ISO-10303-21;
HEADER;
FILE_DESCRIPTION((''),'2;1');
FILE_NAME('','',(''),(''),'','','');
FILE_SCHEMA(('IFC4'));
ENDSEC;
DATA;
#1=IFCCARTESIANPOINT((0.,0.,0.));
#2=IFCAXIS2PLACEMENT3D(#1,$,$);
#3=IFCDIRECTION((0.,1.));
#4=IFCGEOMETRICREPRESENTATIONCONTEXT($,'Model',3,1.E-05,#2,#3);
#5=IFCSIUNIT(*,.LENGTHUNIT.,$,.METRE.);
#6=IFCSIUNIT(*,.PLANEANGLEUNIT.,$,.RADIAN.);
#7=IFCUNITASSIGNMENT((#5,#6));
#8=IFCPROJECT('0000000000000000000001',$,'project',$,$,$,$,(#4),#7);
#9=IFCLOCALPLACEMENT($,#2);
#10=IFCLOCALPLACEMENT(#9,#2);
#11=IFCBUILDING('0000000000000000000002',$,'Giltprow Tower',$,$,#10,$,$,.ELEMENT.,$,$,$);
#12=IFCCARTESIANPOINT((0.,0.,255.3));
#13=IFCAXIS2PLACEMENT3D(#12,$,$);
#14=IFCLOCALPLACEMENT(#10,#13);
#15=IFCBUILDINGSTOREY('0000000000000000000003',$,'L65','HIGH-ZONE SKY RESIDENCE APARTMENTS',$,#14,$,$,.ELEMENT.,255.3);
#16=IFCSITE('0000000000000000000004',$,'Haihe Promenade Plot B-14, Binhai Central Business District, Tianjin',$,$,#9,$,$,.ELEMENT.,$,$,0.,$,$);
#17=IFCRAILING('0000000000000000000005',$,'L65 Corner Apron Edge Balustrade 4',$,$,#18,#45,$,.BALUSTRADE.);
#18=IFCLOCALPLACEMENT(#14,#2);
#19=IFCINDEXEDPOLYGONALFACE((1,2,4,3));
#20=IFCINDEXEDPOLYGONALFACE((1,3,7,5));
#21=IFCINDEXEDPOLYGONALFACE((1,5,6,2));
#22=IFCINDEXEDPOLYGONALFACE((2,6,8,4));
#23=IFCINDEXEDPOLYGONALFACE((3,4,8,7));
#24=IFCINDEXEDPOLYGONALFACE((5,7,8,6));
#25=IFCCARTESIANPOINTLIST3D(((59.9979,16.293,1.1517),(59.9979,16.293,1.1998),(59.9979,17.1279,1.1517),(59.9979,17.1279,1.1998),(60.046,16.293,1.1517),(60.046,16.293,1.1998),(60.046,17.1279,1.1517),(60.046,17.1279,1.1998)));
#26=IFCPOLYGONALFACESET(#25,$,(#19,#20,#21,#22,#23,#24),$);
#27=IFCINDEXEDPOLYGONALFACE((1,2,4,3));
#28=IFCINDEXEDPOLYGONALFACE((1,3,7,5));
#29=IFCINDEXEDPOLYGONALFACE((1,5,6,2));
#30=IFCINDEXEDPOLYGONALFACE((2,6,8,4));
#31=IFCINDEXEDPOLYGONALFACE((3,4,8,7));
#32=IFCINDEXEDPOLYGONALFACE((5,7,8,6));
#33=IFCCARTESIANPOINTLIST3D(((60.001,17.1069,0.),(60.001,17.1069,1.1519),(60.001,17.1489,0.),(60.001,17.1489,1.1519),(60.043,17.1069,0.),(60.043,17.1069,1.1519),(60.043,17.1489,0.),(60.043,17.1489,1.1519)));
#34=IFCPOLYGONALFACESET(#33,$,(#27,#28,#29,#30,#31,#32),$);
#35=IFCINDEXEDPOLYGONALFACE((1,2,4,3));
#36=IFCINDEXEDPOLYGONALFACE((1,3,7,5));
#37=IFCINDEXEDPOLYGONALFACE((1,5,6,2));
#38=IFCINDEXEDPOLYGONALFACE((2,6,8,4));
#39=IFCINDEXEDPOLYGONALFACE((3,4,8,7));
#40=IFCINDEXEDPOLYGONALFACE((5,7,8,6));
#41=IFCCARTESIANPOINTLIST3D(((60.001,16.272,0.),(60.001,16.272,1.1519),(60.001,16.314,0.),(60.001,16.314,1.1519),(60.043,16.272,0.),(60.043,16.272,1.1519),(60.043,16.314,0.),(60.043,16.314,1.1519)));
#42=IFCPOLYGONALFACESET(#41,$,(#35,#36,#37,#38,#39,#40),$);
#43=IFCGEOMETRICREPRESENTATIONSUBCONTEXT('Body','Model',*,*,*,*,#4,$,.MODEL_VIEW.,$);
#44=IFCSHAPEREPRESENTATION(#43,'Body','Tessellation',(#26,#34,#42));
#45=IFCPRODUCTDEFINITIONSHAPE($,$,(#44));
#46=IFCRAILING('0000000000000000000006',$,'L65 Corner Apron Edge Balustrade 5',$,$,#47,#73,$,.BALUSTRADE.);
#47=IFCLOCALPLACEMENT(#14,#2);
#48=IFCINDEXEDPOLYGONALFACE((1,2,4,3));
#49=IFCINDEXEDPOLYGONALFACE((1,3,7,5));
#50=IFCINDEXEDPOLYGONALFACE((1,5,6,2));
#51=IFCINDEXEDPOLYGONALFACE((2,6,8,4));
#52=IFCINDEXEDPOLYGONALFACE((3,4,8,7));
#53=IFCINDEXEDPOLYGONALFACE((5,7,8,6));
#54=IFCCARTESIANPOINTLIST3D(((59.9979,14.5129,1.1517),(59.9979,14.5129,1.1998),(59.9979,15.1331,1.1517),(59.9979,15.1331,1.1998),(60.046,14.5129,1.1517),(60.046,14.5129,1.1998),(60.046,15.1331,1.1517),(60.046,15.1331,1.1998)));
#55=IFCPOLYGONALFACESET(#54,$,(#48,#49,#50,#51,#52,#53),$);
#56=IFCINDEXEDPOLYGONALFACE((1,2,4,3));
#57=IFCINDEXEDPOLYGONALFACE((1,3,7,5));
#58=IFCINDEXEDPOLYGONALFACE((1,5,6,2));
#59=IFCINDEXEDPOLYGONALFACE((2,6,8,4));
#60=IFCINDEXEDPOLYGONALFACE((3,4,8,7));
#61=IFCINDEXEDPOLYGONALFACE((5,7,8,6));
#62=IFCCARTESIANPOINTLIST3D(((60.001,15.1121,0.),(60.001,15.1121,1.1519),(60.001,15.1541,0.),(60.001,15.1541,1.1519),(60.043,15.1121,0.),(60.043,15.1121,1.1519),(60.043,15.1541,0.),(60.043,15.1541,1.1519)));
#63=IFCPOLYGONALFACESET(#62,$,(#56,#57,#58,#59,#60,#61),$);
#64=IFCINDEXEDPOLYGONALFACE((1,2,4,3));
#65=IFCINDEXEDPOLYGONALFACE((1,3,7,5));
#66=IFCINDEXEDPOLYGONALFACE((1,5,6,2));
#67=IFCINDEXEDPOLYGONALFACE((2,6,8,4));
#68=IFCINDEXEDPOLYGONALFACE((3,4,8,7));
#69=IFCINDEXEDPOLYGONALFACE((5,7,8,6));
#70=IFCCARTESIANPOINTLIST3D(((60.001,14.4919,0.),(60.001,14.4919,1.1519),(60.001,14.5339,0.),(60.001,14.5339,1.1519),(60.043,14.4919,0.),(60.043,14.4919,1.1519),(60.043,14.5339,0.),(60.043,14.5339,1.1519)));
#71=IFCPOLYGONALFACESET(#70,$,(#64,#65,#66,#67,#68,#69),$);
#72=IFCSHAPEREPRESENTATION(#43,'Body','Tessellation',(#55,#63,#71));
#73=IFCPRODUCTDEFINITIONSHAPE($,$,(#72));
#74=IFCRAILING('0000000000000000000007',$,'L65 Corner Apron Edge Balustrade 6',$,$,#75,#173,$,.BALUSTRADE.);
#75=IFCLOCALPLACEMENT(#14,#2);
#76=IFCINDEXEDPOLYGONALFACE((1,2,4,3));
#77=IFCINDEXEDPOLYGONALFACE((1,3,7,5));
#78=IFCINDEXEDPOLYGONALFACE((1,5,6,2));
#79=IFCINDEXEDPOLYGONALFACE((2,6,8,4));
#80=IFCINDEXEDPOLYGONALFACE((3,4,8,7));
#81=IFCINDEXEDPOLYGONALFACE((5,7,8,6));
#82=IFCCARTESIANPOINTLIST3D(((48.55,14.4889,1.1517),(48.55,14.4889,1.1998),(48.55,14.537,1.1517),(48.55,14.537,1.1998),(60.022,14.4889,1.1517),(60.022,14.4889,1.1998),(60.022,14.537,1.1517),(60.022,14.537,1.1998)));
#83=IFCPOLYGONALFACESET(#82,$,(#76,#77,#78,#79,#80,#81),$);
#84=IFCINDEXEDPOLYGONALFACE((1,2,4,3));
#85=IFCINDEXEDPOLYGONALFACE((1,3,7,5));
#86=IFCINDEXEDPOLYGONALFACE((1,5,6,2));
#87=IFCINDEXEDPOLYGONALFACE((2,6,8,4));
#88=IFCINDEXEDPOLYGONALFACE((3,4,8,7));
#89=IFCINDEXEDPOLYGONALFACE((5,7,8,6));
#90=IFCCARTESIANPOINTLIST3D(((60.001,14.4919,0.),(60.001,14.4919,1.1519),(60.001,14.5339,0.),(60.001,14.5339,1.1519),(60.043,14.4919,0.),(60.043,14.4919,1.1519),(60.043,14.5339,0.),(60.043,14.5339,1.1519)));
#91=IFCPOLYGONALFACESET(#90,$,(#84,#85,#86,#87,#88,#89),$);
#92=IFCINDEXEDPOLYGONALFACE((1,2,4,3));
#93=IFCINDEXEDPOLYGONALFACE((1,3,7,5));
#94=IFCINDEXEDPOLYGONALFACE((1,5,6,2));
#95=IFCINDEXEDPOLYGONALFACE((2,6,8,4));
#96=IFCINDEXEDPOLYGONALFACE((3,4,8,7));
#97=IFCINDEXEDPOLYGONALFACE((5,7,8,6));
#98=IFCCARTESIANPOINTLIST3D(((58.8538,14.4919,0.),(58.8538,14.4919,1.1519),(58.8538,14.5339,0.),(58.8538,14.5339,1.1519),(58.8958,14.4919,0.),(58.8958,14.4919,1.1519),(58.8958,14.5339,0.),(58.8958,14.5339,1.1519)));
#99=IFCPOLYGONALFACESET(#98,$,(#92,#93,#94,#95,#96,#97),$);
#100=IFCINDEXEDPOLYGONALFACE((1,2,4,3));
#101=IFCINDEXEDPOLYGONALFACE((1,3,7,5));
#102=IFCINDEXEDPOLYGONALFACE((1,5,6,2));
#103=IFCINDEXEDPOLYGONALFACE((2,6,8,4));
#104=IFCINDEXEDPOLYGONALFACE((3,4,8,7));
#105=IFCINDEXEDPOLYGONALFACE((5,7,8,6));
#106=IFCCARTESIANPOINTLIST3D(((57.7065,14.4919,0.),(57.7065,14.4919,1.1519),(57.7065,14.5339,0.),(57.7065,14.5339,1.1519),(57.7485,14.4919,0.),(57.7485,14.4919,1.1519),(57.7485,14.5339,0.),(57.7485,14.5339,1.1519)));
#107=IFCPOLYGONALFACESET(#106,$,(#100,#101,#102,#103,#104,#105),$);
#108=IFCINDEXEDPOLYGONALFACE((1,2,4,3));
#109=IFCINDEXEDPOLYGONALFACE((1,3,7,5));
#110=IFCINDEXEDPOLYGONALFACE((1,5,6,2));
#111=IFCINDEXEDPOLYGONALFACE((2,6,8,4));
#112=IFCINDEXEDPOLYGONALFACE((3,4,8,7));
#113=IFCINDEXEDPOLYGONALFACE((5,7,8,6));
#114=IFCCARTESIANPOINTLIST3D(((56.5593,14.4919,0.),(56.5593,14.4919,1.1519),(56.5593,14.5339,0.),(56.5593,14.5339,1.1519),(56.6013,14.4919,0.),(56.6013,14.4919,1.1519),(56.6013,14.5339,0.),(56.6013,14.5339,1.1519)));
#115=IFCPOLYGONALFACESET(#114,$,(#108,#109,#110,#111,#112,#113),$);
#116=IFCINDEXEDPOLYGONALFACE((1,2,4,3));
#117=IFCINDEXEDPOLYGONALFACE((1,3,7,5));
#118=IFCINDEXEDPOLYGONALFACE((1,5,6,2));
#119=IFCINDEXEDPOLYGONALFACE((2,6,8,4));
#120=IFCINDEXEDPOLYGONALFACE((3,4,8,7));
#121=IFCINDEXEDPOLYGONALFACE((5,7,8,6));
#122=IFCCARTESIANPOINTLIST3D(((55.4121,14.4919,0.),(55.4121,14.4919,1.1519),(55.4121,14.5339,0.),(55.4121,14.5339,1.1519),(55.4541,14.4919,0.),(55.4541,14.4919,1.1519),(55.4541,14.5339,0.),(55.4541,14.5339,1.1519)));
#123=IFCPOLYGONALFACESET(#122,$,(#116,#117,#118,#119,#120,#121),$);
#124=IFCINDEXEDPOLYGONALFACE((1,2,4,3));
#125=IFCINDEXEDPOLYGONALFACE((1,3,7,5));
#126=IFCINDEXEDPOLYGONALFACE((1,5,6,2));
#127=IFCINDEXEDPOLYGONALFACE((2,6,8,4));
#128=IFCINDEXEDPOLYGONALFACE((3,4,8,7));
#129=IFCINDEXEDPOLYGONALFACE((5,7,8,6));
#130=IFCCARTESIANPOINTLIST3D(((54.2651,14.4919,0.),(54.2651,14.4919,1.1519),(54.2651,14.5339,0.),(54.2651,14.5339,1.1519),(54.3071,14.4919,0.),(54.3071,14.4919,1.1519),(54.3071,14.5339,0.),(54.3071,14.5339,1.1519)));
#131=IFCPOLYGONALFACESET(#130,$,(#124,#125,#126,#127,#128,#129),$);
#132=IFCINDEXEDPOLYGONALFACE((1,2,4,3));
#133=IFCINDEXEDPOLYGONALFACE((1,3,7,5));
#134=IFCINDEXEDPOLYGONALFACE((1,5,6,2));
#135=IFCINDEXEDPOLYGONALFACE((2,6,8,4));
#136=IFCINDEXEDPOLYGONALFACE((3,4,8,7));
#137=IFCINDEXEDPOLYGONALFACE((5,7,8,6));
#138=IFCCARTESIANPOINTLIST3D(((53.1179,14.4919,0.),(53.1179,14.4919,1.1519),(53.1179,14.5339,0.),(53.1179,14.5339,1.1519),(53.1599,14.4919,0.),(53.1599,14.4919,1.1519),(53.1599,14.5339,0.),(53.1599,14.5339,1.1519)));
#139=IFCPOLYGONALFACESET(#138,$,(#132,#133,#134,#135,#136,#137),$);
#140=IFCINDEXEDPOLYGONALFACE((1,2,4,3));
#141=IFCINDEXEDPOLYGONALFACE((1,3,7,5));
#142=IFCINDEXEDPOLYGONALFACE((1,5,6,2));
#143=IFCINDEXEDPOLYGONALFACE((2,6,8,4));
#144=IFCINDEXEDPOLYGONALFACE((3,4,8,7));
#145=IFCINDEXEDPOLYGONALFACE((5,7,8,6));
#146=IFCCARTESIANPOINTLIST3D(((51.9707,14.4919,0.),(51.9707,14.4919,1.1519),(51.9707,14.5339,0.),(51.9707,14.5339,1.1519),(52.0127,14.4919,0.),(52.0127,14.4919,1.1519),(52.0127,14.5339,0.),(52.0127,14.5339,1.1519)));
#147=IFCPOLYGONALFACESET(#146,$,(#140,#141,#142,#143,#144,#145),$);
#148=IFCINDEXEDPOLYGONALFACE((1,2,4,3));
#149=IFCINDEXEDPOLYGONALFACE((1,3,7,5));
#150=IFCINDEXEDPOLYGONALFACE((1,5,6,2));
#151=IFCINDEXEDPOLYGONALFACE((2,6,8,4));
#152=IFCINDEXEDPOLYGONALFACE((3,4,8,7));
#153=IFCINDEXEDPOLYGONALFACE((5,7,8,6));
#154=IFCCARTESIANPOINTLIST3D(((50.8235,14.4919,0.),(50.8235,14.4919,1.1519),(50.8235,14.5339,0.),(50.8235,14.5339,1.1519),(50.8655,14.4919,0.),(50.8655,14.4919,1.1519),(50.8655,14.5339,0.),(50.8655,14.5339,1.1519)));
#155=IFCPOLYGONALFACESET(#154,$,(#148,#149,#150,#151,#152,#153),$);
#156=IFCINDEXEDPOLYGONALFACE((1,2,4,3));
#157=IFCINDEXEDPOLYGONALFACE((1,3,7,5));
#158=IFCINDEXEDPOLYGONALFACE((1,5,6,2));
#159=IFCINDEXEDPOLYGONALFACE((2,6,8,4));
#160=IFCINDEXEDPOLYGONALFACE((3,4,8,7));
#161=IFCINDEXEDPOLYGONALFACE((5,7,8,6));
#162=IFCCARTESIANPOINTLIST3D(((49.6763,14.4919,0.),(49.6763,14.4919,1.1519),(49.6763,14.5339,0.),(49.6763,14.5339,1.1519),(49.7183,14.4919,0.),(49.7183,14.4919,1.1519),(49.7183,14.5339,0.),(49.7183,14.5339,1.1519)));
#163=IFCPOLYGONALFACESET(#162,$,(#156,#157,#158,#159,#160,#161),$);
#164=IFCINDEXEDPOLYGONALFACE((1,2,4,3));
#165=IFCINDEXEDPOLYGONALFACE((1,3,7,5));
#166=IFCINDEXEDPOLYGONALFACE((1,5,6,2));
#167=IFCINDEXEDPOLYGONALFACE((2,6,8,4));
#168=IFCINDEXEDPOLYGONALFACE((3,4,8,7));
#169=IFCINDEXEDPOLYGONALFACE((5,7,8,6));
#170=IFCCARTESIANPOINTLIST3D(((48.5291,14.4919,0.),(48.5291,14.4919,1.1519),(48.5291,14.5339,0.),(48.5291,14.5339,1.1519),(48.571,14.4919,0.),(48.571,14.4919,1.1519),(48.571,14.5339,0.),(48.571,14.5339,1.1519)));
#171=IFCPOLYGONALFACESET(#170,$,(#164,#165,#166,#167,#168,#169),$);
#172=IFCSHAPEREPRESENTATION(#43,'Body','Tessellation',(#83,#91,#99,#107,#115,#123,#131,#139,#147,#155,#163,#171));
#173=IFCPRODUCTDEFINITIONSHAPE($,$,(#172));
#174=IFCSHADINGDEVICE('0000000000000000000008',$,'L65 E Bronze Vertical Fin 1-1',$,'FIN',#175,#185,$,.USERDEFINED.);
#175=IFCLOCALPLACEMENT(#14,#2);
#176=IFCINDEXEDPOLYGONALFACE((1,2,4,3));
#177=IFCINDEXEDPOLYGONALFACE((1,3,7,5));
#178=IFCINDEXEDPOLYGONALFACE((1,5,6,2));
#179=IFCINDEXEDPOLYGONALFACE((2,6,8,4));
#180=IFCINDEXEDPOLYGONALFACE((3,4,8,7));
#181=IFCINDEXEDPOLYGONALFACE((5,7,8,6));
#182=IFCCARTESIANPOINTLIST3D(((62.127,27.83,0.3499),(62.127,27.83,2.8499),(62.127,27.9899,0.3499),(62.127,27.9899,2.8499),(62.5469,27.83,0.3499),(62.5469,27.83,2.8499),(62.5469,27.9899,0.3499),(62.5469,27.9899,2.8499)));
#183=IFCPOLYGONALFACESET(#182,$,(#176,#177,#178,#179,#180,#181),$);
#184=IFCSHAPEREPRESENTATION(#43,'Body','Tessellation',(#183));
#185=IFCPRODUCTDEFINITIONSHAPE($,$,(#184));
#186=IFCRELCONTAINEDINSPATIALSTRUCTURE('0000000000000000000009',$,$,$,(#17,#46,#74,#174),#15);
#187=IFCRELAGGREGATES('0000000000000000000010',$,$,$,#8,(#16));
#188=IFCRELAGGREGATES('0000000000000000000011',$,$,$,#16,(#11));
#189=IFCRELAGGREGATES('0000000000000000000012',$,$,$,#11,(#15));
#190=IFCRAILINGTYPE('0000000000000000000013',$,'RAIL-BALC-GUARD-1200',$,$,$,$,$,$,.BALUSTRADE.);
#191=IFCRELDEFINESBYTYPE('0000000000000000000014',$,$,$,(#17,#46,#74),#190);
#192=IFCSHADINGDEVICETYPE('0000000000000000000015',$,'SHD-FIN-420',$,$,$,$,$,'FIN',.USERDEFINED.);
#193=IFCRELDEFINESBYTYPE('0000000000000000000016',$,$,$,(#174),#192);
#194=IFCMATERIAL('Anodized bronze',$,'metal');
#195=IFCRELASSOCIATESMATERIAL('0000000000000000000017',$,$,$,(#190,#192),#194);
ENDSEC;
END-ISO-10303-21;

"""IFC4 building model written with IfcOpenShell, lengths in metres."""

from ifc_helpers import new_model, si_unit, direction, frame, origin, origin_2d, place, context, subcontext, project, spatial, rectangle, extrude, source, transform, mapped, material, type_object, element, save


model = new_model("IFC4")

# Units and contexts
model_context = context("Model", 3, precision=1e-05, world=origin(), true_north=direction((0.0, 1.0)))
body_context = subcontext(model_context, "Body", "Model", "MODEL_VIEW")
ifc_project = project(units=[si_unit("LENGTHUNIT", "METRE"), si_unit("PLANEANGLEUNIT", "RADIAN")], contexts=[model_context])

# Site, building, storey
site_placement = place(None, origin())
site = spatial("IfcSite", under=ifc_project, at=site_placement, Name="Haihe Promenade Plot B-14, Binhai Central Business District, Tianjin", CompositionType="ELEMENT", RefElevation=0.0)
building_placement = place(site_placement, origin())
building = spatial("IfcBuilding", under=site, at=building_placement, Name="Giltprow Tower", CompositionType="ELEMENT")
storey_placement = place(building_placement, frame((0.0, 0.0, 255.3)))
storey = spatial("IfcBuildingStorey", under=building, at=storey_placement, Name="L65", Description="HIGH-ZONE SKY RESIDENCE APARTMENTS", CompositionType="ELEMENT", Elevation=255.3)

# Shared definitions
ifc_material_1 = material(Name="Anodized bronze", Category="metal")

# Railings
railing_type = type_object("IfcRailingType", Name="RAIL-BALC-GUARD-1200", PredefinedType="BALUSTRADE", material=ifc_material_1)
railing_1_placement = place(storey_placement, frame((60.022, 17.1279, 0.0)))
element("IfcRailing", 1, at=railing_1_placement, inside=storey, type_object=railing_type, Name="L65 Corner Apron Edge Balustrade 4", PredefinedType="BALUSTRADE", context=body_context, shape_type="SweptSolid", body=[
    extrude(rectangle(XDim=0.0481, YDim=0.0481, at=origin_2d()), frame((0.0, 0.0, 1.1758), z_axis=(0.0, -1.0, 0.0), x_axis=(1.0, 0.0, 0.0)), (0.0, 0.0, 1.0), 0.835),
    extrude(rectangle(XDim=0.042, YDim=0.042, at=origin_2d()), origin(), (0.0, 0.0, 1.0), 1.1519),
    extrude(rectangle(XDim=0.042, YDim=0.042, at=origin_2d()), frame((0.0, -0.835, 0.0)), (0.0, 0.0, 1.0), 1.1519),
])
railing_2_placement = place(storey_placement, frame((60.022, 15.1331, 0.0)))
element("IfcRailing", 2, at=railing_2_placement, inside=storey, type_object=railing_type, Name="L65 Corner Apron Edge Balustrade 5", PredefinedType="BALUSTRADE", context=body_context, shape_type="SweptSolid", body=[
    extrude(rectangle(XDim=0.0481, YDim=0.0481, at=origin_2d()), frame((0.0, 0.0, 1.1758), z_axis=(0.0, -1.0, 0.0), x_axis=(1.0, 0.0, 0.0)), (0.0, 0.0, 1.0), 0.6201),
    extrude(rectangle(XDim=0.042, YDim=0.042, at=origin_2d()), origin(), (0.0, 0.0, 1.0), 1.1519),
    extrude(rectangle(XDim=0.042, YDim=0.042, at=origin_2d()), frame((0.0, -0.6201, 0.0)), (0.0, 0.0, 1.0), 1.1519),
])
railing_3_placement = place(storey_placement, frame((60.022, 14.5129, 0.0)))
element("IfcRailing", 3, at=railing_3_placement, inside=storey, type_object=railing_type, Name="L65 Corner Apron Edge Balustrade 6", PredefinedType="BALUSTRADE", context=body_context, shape_type="SweptSolid", body=[
    extrude(rectangle(XDim=0.0481, YDim=0.0481, at=origin_2d()), frame((0.0, 0.0, 1.1758), z_axis=(-1.0, 0.0, 0.0), x_axis=(0.0, -1.0, 0.0)), (0.0, 0.0, 1.0), 11.4719),
    extrude(rectangle(XDim=0.042, YDim=0.042, at=origin_2d()), origin(), (0.0, 0.0, 1.0), 1.1519),
    extrude(rectangle(XDim=0.042, YDim=0.042, at=origin_2d()), frame((-1.1472, 0.0, 0.0)), (0.0, 0.0, 1.0), 1.1519),
    extrude(rectangle(XDim=0.042, YDim=0.042, at=origin_2d()), frame((-2.2944, 0.0, 0.0)), (0.0, 0.0, 1.0), 1.1519),
    extrude(rectangle(XDim=0.042, YDim=0.042, at=origin_2d()), frame((-3.4417, 0.0, 0.0)), (0.0, 0.0, 1.0), 1.1519),
    extrude(rectangle(XDim=0.042, YDim=0.042, at=origin_2d()), frame((-4.5889, 0.0, 0.0)), (0.0, 0.0, 1.0), 1.1519),
    extrude(rectangle(XDim=0.042, YDim=0.042, at=origin_2d()), frame((-5.7358, 0.0, 0.0)), (0.0, 0.0, 1.0), 1.1519),
    extrude(rectangle(XDim=0.042, YDim=0.042, at=origin_2d()), frame((-6.8831, 0.0, 0.0)), (0.0, 0.0, 1.0), 1.1519),
    extrude(rectangle(XDim=0.042, YDim=0.042, at=origin_2d()), frame((-8.0303, 0.0, 0.0)), (0.0, 0.0, 1.0), 1.1519),
    extrude(rectangle(XDim=0.042, YDim=0.042, at=origin_2d()), frame((-9.1775, 0.0, 0.0)), (0.0, 0.0, 1.0), 1.1519),
    extrude(rectangle(XDim=0.042, YDim=0.042, at=origin_2d()), frame((-10.3247, 0.0, 0.0)), (0.0, 0.0, 1.0), 1.1519),
    extrude(rectangle(XDim=0.042, YDim=0.042, at=origin_2d()), frame((-11.4719, 0.0, 0.0)), (0.0, 0.0, 1.0), 1.1519),
])

# Shading device
shading_device_type = type_object("IfcShadingDeviceType", Name="SHD-FIN-420", ElementType="FIN", PredefinedType="USERDEFINED", material=ifc_material_1)
shared_shape_1 = source(origin(), body_context, "Body", "SweptSolid", [
    extrude(rectangle(XDim=0.4199, YDim=0.1599, at=origin_2d()), origin(), (0.0, 0.0, 1.0), 2.5),
])
shading_device_placement = place(storey_placement, frame((62.3369, 27.9099, 0.3499), z_axis=(0.0, 0.0, 1.0), x_axis=(1.0, 0.0, 0.0)))
element("IfcShadingDevice", 4, at=shading_device_placement, inside=storey, type_object=shading_device_type, Name="L65 E Bronze Vertical Fin 1-1", ObjectType="FIN", PredefinedType="USERDEFINED", context=body_context, shape_type="MappedRepresentation", body=[
    mapped(shared_shape_1, transform((0.0, 0.0, 0.0), x_axis=(1.0, 0.0, 0.0), y_axis=(0.0, 1.0, 0.0), z_axis=(0.0, 0.0, 1.0), scale=1.0)),
])

save(model, "model.ifc")
